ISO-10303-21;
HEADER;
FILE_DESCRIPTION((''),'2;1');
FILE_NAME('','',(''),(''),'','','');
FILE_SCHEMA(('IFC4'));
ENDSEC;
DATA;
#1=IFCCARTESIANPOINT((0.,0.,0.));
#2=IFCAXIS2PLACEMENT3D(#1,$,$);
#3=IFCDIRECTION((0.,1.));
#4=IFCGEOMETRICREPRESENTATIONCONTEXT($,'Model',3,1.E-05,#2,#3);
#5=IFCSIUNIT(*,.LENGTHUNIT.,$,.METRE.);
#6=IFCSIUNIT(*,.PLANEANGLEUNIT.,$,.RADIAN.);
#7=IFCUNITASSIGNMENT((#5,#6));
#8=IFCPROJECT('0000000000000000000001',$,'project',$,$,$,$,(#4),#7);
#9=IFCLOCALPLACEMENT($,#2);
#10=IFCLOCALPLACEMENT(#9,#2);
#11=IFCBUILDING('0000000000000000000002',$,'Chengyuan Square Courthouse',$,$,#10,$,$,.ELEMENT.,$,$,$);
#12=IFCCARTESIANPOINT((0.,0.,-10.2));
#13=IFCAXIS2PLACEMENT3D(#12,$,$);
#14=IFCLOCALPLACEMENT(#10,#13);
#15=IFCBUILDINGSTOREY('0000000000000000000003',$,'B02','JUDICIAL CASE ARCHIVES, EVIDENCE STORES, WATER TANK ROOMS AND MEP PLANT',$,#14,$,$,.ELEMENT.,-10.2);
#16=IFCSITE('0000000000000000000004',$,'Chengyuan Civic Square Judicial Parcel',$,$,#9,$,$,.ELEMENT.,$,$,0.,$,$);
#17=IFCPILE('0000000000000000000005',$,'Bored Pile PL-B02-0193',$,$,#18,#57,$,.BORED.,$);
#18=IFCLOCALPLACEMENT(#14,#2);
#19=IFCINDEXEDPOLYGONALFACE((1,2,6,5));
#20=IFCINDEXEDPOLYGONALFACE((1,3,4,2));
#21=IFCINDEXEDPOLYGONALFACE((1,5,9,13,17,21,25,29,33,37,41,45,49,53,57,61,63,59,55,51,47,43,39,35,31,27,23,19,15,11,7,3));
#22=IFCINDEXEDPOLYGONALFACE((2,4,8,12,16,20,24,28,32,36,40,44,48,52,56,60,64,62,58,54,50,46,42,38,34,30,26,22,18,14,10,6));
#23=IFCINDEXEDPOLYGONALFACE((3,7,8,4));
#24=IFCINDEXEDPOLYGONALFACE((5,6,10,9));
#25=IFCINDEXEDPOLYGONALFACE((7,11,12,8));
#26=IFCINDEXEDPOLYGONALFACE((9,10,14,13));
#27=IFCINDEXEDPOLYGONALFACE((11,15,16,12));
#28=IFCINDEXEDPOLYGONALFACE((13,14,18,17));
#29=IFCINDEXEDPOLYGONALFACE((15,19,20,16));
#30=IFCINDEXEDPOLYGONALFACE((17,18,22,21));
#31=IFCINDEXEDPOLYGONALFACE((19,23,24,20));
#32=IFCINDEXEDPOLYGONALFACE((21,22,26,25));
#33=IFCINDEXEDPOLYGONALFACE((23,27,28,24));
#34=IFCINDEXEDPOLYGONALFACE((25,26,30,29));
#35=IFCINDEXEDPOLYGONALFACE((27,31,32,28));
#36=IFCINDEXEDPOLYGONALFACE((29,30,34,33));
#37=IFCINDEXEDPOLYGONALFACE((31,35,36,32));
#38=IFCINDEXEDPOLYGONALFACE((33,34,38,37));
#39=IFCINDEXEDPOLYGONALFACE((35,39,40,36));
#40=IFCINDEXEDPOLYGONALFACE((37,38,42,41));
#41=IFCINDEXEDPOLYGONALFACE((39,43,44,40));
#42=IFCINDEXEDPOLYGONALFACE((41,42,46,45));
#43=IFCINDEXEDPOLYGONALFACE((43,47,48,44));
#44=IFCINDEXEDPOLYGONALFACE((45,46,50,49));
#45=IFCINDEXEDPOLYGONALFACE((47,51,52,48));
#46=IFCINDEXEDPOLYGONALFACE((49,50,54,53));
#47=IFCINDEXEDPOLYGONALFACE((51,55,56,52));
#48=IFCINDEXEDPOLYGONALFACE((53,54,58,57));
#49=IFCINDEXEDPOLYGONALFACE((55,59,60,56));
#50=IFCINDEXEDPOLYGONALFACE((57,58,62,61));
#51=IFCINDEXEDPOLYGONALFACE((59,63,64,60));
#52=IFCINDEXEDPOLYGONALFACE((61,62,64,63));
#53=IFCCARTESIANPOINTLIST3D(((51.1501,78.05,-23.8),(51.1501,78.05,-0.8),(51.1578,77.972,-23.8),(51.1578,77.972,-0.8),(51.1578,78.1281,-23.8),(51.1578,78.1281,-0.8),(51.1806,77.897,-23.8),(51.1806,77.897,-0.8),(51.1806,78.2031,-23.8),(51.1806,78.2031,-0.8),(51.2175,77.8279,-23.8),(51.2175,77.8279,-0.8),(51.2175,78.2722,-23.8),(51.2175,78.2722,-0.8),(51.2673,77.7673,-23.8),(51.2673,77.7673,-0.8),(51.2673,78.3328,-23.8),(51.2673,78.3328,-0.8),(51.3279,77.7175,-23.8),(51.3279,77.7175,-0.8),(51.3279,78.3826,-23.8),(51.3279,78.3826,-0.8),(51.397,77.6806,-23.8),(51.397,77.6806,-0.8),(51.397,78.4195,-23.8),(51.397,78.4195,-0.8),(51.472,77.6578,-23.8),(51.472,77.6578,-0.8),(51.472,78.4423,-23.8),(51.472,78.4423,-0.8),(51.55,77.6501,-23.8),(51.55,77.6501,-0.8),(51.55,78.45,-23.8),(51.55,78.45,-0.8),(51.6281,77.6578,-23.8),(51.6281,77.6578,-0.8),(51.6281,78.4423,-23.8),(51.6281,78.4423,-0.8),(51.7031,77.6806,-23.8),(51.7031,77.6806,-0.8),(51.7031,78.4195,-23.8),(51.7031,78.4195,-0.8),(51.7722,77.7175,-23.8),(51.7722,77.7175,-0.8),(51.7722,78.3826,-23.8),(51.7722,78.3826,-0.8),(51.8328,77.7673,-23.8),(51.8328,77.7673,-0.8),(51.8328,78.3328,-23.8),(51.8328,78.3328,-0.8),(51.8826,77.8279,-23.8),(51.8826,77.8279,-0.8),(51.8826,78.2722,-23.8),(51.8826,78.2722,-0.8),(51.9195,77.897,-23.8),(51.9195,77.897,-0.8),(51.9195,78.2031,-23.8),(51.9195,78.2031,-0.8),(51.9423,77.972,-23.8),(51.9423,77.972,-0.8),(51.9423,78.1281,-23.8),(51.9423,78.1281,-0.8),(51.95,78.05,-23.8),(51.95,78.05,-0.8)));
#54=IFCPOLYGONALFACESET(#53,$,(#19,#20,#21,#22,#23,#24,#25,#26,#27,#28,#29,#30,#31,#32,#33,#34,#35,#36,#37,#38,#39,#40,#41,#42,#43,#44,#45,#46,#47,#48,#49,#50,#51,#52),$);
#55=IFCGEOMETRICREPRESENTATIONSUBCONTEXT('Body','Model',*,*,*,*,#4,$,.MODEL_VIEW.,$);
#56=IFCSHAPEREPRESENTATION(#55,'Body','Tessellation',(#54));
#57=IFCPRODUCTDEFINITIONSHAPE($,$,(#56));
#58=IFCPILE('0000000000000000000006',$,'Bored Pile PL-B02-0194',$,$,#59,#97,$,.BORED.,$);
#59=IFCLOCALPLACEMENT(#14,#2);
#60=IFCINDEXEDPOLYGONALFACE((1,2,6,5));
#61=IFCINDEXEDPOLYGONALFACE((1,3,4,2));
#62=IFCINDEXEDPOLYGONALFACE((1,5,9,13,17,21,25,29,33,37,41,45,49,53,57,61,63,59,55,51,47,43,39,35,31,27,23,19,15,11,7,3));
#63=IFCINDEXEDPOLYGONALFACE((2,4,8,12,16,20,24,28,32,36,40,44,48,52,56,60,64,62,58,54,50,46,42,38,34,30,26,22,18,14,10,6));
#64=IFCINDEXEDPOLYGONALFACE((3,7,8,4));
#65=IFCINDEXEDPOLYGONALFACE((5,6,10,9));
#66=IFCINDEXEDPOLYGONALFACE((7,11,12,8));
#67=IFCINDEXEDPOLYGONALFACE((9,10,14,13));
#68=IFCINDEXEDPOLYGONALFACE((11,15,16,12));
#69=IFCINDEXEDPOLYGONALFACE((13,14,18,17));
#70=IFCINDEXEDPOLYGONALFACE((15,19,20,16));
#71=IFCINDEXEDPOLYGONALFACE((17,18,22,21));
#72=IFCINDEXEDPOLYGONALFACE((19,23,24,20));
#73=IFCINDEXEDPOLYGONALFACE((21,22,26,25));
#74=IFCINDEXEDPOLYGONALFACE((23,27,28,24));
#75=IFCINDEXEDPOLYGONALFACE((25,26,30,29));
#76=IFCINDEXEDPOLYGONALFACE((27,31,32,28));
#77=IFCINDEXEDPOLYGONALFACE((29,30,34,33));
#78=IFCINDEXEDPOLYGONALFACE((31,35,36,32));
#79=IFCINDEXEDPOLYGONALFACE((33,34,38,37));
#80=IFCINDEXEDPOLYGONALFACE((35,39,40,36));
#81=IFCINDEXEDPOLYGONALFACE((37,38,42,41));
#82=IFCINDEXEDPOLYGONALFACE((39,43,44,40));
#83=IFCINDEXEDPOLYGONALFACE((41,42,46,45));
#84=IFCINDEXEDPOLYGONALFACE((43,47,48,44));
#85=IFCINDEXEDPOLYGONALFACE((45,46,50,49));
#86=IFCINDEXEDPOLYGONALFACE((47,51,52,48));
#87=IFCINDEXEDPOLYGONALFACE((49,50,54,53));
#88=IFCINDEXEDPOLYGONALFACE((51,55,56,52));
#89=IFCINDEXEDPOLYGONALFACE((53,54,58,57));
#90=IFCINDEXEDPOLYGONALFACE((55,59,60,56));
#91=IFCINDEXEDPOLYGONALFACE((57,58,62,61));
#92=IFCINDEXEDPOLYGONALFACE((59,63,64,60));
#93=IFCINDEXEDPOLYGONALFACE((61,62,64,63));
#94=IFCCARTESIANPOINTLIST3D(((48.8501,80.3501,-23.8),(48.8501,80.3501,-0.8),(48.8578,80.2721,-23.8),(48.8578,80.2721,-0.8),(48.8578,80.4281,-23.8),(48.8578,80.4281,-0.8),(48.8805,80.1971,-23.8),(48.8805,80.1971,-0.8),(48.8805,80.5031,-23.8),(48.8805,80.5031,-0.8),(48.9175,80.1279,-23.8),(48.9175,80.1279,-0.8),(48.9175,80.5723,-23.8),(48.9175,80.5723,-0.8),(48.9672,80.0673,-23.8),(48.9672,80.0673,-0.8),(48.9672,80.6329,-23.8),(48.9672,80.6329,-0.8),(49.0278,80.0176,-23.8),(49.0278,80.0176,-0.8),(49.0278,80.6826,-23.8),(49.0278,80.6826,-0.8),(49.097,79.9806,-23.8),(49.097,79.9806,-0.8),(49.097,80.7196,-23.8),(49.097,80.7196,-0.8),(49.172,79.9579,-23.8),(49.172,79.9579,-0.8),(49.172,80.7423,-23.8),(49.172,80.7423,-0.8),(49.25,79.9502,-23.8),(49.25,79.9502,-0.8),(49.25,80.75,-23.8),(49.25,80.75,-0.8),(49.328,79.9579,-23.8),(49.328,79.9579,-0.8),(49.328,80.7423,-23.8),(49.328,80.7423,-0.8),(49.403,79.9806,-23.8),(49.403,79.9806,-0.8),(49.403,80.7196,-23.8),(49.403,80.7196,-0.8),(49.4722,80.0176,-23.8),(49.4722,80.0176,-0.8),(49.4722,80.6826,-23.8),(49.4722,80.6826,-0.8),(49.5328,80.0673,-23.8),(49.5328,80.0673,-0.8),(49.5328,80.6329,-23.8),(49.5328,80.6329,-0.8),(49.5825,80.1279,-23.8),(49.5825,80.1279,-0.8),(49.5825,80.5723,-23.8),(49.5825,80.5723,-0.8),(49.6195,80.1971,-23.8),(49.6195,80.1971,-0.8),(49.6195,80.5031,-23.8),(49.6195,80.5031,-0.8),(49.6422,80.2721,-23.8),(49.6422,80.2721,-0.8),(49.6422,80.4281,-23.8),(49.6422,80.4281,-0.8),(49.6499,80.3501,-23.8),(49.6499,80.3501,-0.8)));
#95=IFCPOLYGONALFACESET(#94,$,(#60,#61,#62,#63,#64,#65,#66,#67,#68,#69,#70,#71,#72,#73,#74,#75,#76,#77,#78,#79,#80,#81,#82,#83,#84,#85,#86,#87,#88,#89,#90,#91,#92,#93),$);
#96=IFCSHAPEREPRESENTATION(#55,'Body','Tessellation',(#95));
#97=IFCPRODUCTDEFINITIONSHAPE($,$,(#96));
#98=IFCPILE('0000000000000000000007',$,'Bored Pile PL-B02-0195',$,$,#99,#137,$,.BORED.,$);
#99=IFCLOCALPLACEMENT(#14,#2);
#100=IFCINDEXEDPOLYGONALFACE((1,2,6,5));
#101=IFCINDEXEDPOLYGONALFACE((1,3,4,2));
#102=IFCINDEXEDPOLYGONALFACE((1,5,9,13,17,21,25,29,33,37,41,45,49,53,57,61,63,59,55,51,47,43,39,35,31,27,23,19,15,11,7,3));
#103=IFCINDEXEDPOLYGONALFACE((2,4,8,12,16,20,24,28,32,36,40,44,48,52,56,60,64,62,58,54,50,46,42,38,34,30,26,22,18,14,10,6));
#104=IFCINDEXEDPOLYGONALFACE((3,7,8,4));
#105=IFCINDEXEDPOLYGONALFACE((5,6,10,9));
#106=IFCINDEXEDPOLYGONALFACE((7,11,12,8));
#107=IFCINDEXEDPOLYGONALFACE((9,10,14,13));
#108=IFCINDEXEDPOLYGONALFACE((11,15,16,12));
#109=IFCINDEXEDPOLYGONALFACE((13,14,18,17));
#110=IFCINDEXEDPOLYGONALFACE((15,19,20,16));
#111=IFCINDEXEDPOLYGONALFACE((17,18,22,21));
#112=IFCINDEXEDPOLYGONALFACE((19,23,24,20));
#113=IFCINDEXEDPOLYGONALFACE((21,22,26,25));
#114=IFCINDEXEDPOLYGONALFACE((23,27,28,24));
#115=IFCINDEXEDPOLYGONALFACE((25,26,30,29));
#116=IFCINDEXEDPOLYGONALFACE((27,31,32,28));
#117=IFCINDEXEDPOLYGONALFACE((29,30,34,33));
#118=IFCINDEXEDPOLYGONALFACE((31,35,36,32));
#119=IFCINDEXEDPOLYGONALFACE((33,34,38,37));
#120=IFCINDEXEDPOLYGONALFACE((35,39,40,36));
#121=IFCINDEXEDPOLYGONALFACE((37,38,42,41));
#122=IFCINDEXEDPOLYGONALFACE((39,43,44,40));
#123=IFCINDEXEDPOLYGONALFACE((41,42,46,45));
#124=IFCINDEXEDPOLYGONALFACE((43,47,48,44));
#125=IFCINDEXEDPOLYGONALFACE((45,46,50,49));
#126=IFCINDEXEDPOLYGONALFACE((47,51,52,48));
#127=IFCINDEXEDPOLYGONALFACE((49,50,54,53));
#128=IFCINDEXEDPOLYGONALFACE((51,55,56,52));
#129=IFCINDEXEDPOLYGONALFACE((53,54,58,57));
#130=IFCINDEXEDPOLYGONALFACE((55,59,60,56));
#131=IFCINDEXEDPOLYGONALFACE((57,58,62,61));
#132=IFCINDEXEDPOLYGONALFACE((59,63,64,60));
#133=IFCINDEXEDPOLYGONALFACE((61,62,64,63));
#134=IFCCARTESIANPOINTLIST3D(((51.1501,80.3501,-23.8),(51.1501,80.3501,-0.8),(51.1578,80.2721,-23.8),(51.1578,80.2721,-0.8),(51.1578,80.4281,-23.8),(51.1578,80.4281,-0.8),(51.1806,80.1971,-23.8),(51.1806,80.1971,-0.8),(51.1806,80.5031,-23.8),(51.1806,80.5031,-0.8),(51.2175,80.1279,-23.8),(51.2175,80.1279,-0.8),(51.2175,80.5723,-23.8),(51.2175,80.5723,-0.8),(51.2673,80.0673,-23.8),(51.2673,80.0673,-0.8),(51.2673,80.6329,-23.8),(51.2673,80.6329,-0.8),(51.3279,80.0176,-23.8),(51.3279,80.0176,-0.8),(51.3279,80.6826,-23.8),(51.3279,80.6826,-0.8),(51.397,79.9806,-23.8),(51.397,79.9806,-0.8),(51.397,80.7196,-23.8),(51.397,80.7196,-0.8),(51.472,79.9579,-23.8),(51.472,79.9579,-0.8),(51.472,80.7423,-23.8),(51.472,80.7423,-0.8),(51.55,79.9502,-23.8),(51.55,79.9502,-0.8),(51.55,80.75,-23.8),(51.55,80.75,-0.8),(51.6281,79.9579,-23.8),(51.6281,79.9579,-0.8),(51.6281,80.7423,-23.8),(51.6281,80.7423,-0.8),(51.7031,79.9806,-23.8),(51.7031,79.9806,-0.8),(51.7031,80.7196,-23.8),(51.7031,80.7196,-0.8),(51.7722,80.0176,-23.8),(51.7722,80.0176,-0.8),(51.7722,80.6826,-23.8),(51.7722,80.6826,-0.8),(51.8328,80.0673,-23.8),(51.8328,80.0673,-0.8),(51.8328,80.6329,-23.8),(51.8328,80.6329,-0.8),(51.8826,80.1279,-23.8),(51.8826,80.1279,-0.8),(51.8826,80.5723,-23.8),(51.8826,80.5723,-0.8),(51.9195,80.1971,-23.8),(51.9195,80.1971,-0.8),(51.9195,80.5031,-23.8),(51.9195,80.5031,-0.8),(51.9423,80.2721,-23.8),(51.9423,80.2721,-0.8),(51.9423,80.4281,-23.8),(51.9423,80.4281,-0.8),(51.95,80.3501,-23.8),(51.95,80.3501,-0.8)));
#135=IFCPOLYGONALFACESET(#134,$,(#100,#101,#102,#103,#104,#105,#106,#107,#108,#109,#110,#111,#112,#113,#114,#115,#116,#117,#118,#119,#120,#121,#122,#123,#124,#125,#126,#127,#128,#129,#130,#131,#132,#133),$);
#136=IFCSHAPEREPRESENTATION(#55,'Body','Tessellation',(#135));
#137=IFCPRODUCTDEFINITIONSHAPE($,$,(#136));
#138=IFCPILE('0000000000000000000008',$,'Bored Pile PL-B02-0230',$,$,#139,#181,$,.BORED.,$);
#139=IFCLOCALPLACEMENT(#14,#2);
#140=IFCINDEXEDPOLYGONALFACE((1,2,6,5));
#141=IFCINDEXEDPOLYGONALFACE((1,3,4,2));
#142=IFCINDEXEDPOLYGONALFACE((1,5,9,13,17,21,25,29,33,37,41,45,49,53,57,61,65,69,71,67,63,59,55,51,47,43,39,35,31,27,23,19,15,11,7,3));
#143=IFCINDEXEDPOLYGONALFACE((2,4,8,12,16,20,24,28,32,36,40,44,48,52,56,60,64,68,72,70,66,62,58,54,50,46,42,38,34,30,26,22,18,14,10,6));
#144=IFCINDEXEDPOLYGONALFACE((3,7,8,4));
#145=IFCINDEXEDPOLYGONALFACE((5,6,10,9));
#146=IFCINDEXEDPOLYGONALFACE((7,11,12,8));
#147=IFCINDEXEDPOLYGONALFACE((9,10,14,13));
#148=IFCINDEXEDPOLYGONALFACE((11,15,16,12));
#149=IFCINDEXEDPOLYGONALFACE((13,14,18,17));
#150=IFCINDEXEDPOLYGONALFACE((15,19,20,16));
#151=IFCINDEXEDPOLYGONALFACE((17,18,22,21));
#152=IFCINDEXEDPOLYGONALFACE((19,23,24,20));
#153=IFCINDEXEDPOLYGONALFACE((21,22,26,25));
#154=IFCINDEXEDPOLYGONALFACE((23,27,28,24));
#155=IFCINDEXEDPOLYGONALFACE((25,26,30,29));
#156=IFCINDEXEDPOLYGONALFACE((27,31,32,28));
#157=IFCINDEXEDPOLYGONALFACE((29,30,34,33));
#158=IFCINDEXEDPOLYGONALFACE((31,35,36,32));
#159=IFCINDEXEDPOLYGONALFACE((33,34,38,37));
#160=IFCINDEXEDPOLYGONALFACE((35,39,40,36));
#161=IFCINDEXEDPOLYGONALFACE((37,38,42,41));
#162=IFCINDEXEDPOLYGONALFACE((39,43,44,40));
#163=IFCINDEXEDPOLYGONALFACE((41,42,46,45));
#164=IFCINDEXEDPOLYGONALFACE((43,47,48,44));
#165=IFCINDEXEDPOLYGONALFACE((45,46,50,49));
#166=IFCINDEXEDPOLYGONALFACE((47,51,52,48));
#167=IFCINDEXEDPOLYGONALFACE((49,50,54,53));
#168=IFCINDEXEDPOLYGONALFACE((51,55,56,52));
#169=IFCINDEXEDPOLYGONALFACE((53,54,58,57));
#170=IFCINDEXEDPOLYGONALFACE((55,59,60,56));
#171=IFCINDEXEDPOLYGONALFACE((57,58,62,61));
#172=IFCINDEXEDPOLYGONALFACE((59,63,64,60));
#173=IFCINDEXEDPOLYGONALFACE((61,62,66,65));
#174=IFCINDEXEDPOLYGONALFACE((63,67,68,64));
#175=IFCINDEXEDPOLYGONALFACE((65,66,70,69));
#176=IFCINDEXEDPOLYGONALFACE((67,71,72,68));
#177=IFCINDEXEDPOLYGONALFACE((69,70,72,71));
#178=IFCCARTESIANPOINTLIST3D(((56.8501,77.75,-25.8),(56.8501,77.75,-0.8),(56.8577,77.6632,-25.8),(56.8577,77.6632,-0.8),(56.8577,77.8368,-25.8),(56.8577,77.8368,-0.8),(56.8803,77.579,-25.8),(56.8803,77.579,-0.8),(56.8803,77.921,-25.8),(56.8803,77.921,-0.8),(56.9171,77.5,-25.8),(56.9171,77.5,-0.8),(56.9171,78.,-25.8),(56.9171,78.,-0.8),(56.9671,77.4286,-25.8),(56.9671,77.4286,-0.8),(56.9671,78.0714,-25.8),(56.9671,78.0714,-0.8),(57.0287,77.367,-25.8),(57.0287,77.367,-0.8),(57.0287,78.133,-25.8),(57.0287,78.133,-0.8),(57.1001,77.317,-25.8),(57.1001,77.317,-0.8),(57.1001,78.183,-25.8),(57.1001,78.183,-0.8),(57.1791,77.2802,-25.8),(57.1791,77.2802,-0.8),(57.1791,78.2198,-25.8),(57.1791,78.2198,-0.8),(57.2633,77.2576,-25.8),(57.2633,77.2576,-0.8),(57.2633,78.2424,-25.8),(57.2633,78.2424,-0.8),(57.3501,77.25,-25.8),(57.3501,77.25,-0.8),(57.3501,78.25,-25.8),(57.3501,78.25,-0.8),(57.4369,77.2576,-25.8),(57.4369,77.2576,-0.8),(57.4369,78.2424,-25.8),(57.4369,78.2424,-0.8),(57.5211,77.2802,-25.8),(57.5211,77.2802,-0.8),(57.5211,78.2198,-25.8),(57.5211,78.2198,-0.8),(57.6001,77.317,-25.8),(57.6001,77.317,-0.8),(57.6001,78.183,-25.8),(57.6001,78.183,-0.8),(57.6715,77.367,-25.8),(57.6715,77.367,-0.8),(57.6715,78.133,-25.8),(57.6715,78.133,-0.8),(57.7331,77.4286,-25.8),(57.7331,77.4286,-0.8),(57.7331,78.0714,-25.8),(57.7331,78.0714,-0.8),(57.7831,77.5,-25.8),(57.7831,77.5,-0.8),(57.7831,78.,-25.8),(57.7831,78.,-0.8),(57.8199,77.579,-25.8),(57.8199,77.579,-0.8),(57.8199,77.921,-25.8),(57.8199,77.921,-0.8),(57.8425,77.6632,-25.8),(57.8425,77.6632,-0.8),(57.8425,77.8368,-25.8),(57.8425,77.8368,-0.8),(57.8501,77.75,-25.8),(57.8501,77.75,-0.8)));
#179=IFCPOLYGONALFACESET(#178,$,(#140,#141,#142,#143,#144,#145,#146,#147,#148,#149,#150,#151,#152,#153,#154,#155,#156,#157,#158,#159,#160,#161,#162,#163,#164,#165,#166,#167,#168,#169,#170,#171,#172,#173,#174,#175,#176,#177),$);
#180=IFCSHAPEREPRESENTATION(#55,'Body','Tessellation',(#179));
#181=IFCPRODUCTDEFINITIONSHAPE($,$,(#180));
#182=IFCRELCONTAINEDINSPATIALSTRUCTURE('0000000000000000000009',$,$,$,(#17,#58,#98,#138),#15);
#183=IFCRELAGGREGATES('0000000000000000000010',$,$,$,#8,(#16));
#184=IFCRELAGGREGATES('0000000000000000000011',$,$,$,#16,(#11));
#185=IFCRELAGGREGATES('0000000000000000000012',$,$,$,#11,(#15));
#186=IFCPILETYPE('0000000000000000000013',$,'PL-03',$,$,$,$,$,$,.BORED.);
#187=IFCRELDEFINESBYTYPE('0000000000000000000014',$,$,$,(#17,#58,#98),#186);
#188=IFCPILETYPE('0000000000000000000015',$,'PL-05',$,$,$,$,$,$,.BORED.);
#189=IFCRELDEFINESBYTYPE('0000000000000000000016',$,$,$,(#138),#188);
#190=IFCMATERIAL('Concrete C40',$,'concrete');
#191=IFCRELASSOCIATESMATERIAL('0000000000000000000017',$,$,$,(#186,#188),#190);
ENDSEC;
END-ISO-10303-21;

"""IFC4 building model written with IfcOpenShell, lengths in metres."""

from ifc_helpers import new_model, si_unit, direction, frame, origin, origin_2d, place, context, subcontext, project, spatial, circle, extrude, material, material_profile, profile_set, type_object, element, save


model = new_model("IFC4")

# Units and contexts
model_context = context("Model", 3, precision=1e-05, world=origin(), true_north=direction((0.0, 1.0)))
body_context = subcontext(model_context, "Body", "Model", "MODEL_VIEW")
ifc_project = project(units=[si_unit("LENGTHUNIT", "METRE"), si_unit("PLANEANGLEUNIT", "RADIAN")], contexts=[model_context])

# Site, building, storey
site_placement = place(None, origin())
site = spatial("IfcSite", under=ifc_project, at=site_placement, Name="Chengyuan Civic Square Judicial Parcel", CompositionType="ELEMENT", RefElevation=0.0)
building_placement = place(site_placement, origin())
building = spatial("IfcBuilding", under=site, at=building_placement, Name="Chengyuan Square Courthouse", CompositionType="ELEMENT")
storey_placement = place(building_placement, frame((0.0, 0.0, -10.2)))
storey = spatial("IfcBuildingStorey", under=building, at=storey_placement, Name="B02", Description="JUDICIAL CASE ARCHIVES, EVIDENCE STORES, WATER TANK ROOMS AND MEP PLANT", CompositionType="ELEMENT", Elevation=-10.2)

# Shared definitions
ifc_material_1 = material(Name="Concrete C40", Category="concrete")

# Piles
ifc_material_profile_1 = material_profile(ifc_material_1, circle(Radius=0.3999, at=origin_2d()), Name="BORED PILE D800")
ifc_profile_set_1 = profile_set([ifc_material_profile_1], Name="Concrete C40")
pile_type_1 = type_object("IfcPileType", Name="PL-03", PredefinedType="BORED", material=ifc_profile_set_1)
for number, where, z_axis, x_axis, name in (
    (1, (51.55, 78.05, -0.8), (0.0, 0.0, -1.0), (1.0, 0.0, 0.0), "Bored Pile PL-B02-0193"),
    (2, (49.25, 80.3501, -0.8), (0.0, 0.0, -1.0), (1.0, 0.0, 0.0), "Bored Pile PL-B02-0194"),
    (3, (51.55, 80.3501, -0.8), (0.0, 0.0, -1.0), (1.0, 0.0, 0.0), "Bored Pile PL-B02-0195"),
):
    element("IfcPile", number, at=place(storey_placement, frame(where, z_axis=z_axis, x_axis=x_axis)), inside=storey, type_object=pile_type_1, Name=name, PredefinedType="BORED", context=body_context, shape_type="SweptSolid", body=[
        extrude(circle(Radius=0.3999, at=origin_2d()), origin(), (0.0, 0.0, 1.0), 23.0),
    ])
ifc_material_profile_2 = material_profile(ifc_material_1, circle(Radius=0.5, at=origin_2d()), Name="BORED PILE D1000")
ifc_profile_set_2 = profile_set([ifc_material_profile_2], Name="Concrete C40")
pile_type_2 = type_object("IfcPileType", Name="PL-05", PredefinedType="BORED", material=ifc_profile_set_2)
for number, where, z_axis, x_axis, name in (
    (4, (57.3501, 77.75, -0.8), (0.0, 0.0, -1.0), (1.0, 0.0, 0.0), "Bored Pile PL-B02-0230"),
):
    element("IfcPile", number, at=place(storey_placement, frame(where, z_axis=z_axis, x_axis=x_axis)), inside=storey, type_object=pile_type_2, Name=name, PredefinedType="BORED", context=body_context, shape_type="SweptSolid", body=[
        extrude(circle(Radius=0.5, at=origin_2d()), origin(), (0.0, 0.0, 1.0), 25.0),
    ])

save(model, "model.ifc")
